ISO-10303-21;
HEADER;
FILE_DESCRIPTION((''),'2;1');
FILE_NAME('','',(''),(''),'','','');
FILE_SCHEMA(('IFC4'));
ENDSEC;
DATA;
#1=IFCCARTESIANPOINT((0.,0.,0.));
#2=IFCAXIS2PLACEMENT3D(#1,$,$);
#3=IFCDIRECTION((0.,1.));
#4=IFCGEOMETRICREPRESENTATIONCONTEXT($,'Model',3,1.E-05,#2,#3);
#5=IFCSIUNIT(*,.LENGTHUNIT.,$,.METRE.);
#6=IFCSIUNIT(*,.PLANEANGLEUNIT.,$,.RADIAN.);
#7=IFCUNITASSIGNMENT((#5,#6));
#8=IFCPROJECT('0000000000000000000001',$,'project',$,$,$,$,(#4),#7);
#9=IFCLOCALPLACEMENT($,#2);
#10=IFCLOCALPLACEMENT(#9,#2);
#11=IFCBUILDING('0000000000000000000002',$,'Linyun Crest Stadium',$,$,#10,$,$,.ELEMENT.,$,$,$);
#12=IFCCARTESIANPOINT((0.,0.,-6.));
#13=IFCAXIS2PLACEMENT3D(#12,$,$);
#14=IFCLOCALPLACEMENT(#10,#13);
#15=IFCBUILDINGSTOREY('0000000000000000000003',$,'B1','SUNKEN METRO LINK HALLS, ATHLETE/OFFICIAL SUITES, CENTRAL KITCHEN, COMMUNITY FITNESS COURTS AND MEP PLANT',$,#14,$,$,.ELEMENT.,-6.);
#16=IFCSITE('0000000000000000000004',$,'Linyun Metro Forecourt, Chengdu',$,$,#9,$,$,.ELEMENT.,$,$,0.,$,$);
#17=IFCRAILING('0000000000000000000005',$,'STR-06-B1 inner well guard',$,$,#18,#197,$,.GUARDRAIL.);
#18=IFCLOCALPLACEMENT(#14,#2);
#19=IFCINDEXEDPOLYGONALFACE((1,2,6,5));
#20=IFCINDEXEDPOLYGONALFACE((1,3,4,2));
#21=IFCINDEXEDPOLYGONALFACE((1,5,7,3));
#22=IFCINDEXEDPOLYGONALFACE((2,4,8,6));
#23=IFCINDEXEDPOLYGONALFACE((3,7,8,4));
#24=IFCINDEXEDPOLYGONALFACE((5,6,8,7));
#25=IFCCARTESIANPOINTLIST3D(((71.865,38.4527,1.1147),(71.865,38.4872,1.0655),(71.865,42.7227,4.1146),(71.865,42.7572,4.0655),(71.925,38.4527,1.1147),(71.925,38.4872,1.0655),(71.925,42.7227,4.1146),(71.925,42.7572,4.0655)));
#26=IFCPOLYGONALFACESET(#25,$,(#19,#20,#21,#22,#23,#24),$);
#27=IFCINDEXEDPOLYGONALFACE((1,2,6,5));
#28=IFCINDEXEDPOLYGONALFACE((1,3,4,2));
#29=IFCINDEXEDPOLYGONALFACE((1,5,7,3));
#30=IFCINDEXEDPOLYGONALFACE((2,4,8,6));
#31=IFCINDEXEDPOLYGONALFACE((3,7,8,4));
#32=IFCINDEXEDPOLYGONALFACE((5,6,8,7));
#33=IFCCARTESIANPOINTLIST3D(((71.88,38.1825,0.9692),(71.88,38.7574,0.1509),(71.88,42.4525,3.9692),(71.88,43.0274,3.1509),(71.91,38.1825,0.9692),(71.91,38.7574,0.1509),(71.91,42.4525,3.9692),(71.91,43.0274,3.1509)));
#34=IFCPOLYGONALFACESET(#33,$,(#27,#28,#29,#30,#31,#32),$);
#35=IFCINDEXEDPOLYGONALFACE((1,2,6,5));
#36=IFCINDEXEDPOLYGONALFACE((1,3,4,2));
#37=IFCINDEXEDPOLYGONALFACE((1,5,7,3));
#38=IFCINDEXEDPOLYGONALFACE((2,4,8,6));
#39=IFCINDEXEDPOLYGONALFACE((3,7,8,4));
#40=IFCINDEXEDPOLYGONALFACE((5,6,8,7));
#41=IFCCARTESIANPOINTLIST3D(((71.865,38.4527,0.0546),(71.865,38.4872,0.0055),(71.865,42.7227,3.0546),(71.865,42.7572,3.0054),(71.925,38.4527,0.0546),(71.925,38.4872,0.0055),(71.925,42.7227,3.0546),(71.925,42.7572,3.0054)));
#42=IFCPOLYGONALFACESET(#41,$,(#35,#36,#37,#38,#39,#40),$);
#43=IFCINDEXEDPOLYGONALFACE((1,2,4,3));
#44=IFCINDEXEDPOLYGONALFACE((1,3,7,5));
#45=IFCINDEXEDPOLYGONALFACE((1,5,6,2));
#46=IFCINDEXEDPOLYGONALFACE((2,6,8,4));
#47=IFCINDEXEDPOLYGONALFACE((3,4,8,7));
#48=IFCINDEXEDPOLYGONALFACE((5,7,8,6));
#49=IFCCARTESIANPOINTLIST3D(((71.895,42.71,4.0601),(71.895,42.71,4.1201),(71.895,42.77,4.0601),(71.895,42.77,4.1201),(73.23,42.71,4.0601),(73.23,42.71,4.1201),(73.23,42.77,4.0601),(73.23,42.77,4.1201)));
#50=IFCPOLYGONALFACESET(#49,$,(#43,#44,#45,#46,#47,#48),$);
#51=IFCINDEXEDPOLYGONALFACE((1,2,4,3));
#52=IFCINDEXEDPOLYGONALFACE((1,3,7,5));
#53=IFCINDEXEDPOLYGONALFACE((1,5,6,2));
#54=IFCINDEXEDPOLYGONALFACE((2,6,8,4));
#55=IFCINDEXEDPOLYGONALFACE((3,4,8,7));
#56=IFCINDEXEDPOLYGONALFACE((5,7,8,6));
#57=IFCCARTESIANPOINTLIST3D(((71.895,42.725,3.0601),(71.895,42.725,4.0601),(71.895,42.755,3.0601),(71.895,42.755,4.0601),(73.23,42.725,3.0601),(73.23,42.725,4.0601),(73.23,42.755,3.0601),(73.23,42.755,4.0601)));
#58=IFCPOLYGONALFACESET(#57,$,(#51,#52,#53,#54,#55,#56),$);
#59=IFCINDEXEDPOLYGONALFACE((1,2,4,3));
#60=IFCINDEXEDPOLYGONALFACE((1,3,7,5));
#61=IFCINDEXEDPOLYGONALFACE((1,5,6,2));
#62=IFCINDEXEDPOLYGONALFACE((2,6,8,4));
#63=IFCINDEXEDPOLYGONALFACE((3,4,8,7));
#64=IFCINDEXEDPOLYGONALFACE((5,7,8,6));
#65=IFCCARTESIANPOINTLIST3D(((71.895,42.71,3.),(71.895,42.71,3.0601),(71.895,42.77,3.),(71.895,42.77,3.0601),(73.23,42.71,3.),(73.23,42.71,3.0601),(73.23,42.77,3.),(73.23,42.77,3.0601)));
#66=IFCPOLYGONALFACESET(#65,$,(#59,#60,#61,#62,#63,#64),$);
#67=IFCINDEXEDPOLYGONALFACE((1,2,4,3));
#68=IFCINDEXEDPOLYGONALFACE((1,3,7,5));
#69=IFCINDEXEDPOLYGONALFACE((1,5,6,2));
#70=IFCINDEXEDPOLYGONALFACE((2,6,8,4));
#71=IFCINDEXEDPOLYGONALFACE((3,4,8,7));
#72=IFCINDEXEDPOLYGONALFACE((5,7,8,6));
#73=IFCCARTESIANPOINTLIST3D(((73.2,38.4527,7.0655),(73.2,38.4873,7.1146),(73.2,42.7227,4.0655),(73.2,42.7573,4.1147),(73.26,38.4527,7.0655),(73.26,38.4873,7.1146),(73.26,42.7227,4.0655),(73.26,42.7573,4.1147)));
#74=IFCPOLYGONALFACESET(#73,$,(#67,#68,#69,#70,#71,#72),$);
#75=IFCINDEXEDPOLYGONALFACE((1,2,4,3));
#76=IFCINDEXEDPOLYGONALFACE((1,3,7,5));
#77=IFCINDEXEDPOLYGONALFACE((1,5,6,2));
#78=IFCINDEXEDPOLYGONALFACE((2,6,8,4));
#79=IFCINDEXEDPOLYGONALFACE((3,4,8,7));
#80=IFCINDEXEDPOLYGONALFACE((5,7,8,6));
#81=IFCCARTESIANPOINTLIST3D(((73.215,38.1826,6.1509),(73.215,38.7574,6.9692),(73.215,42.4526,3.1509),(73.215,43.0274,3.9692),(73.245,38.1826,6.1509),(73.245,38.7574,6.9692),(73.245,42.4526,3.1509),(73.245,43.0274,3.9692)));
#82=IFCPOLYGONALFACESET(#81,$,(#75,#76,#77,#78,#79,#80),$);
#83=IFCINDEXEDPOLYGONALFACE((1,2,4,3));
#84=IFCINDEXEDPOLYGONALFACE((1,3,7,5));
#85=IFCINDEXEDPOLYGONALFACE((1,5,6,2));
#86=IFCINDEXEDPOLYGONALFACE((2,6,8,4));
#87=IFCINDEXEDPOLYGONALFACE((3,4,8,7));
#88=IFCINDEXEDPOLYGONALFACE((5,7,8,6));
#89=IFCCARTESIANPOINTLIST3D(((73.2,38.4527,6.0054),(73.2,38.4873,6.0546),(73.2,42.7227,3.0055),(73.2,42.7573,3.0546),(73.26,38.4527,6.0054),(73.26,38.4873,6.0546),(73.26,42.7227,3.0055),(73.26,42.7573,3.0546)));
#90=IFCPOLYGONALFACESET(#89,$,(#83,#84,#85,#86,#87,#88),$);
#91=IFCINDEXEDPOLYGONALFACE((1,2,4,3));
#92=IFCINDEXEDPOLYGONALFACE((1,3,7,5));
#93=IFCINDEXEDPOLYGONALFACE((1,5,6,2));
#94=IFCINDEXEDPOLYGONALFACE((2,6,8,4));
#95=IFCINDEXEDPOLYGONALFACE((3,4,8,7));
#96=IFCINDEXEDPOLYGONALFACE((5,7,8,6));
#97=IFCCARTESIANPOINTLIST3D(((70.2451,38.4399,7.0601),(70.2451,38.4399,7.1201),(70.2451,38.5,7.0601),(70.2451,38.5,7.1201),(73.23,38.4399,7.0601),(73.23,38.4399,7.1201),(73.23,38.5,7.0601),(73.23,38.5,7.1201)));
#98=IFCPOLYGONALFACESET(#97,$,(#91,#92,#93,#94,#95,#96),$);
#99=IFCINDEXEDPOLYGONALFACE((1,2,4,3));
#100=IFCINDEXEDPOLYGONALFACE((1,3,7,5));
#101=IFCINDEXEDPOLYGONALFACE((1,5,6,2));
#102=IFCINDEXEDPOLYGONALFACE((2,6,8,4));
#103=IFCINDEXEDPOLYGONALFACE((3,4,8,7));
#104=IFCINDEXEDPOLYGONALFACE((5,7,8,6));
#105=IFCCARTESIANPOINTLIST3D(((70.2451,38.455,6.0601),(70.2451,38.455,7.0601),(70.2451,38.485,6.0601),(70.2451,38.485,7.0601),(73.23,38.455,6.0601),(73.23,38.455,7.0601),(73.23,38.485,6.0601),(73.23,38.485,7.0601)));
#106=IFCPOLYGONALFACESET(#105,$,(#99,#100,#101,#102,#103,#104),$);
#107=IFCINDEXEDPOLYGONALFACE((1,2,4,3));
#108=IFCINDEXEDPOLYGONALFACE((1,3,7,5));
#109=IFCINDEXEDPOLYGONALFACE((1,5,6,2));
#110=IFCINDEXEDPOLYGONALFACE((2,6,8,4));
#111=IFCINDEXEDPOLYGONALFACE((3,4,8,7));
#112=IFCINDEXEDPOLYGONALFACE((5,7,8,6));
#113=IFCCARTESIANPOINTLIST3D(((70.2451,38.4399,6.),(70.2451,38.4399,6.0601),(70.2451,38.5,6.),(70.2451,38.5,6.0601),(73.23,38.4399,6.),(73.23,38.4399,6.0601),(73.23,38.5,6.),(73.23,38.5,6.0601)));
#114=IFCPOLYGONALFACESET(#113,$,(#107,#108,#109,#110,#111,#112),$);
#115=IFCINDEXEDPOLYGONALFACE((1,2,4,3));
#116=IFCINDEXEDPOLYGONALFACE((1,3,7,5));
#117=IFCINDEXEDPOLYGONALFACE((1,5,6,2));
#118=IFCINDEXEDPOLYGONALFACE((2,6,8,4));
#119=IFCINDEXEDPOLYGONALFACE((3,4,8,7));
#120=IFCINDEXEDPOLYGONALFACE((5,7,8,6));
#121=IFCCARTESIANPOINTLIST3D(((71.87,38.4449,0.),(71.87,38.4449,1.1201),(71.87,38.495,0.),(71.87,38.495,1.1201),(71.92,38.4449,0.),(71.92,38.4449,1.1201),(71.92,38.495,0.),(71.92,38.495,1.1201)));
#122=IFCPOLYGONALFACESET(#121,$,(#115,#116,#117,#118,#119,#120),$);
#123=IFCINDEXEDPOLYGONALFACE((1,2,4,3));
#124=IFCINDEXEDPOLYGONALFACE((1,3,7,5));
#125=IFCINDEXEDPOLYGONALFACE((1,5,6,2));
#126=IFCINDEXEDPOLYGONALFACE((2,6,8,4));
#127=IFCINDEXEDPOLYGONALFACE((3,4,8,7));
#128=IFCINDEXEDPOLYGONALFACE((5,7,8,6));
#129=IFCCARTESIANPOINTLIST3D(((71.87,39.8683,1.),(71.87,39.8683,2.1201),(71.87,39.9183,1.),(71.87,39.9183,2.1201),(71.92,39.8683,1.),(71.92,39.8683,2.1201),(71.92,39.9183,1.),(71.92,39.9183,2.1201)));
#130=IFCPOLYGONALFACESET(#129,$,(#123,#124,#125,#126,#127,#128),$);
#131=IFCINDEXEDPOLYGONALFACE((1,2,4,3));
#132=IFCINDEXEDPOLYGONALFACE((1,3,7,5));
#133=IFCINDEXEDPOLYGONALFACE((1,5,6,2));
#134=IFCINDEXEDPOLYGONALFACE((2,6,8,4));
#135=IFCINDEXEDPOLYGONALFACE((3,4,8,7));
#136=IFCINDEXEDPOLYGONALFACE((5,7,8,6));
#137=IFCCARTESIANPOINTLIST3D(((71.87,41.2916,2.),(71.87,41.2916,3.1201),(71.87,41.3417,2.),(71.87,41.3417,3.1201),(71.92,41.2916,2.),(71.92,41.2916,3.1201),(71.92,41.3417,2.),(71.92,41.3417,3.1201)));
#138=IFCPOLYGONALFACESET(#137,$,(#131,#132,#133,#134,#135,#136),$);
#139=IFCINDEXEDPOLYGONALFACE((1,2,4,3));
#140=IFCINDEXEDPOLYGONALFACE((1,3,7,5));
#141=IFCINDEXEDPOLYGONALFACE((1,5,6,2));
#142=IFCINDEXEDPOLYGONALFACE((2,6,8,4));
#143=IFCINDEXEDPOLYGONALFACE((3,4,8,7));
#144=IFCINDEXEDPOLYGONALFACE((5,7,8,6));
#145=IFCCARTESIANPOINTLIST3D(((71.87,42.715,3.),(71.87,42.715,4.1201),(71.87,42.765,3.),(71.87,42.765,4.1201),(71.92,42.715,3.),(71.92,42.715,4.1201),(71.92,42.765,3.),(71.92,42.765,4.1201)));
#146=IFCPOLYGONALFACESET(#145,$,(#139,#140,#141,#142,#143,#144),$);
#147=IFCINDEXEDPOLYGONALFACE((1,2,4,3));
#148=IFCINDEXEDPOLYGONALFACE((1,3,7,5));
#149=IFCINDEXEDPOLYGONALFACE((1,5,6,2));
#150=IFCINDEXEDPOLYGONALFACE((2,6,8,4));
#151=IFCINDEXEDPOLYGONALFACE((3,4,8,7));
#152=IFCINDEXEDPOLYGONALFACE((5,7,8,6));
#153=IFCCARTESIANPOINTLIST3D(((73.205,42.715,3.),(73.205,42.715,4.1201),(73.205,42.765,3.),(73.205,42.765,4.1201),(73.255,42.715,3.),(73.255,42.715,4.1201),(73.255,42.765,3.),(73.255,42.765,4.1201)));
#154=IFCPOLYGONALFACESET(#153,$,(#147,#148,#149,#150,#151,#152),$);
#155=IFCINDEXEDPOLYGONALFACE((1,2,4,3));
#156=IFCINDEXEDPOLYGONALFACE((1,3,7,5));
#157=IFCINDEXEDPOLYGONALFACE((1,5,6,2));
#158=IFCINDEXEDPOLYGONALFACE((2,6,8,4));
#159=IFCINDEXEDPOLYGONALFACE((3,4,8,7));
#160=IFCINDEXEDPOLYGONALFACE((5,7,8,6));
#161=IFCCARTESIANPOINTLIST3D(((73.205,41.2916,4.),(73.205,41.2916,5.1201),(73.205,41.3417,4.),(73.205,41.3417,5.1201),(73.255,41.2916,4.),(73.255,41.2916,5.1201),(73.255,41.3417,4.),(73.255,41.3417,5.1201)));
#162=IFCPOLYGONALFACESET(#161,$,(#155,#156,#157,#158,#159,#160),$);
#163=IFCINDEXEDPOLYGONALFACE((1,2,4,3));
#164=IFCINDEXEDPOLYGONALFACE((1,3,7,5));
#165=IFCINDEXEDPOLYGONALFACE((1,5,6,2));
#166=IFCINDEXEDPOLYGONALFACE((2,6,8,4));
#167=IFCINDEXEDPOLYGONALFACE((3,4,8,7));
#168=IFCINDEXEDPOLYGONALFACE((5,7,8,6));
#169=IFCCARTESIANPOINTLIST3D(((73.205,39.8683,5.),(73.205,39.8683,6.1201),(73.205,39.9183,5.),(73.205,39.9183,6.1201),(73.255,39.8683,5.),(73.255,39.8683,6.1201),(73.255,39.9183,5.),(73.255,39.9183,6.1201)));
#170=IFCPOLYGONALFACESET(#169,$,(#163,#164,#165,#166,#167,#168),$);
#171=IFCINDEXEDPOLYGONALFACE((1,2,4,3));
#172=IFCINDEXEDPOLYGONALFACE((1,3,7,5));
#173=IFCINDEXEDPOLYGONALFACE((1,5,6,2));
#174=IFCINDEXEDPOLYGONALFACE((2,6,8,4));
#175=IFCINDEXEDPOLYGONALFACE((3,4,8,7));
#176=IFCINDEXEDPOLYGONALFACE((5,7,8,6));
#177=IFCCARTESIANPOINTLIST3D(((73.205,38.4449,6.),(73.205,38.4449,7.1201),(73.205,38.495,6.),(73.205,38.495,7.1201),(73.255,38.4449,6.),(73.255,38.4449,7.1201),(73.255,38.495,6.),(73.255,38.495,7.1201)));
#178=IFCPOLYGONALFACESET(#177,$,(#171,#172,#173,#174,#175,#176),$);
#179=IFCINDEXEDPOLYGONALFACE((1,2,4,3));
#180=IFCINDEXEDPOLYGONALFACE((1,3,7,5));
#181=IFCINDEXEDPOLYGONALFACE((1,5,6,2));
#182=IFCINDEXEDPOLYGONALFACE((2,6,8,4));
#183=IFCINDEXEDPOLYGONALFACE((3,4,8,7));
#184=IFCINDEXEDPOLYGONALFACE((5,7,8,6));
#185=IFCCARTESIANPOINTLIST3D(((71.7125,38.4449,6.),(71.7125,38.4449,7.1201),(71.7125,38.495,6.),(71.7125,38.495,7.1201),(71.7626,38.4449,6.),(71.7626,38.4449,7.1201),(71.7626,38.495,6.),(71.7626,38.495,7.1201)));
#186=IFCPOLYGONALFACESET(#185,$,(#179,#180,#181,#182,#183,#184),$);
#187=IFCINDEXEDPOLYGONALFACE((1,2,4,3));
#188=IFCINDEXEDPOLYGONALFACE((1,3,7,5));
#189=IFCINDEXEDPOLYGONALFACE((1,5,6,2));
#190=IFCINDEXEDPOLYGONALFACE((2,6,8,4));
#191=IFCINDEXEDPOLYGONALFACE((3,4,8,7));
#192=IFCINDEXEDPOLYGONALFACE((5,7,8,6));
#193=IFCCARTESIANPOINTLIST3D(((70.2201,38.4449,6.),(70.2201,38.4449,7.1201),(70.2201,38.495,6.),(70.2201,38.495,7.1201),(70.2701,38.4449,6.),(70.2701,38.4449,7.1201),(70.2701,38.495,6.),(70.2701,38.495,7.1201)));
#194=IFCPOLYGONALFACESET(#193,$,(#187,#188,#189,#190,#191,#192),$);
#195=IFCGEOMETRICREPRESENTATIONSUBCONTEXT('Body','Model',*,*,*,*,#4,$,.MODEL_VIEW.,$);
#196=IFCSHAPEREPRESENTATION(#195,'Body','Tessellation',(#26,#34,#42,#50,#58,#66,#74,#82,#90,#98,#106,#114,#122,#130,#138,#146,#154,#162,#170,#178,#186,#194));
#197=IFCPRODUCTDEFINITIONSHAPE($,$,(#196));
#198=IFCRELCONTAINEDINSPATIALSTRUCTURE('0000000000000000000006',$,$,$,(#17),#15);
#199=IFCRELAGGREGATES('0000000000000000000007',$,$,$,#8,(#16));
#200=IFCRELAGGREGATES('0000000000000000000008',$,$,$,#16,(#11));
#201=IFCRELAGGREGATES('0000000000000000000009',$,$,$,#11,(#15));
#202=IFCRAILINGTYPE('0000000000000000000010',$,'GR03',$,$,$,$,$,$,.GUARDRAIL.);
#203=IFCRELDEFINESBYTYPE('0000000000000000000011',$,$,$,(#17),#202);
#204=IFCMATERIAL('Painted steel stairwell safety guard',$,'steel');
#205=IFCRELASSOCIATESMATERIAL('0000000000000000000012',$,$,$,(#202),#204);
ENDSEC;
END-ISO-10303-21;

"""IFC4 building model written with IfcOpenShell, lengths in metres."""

from ifc_helpers import new_model, si_unit, direction, frame, origin, origin_2d, place, context, subcontext, project, spatial, rectangle, extrude, material, type_object, element, save


model = new_model("IFC4")

# Units and contexts
model_context = context("Model", 3, precision=1e-05, world=origin(), true_north=direction((0.0, 1.0)))
body_context = subcontext(model_context, "Body", "Model", "MODEL_VIEW")
ifc_project = project(units=[si_unit("LENGTHUNIT", "METRE"), si_unit("PLANEANGLEUNIT", "RADIAN")], contexts=[model_context])

# Site, building, storey
site_placement = place(None, origin())
site = spatial("IfcSite", under=ifc_project, at=site_placement, Name="Linyun Metro Forecourt, Chengdu", CompositionType="ELEMENT", RefElevation=0.0)
building_placement = place(site_placement, origin())
building = spatial("IfcBuilding", under=site, at=building_placement, Name="Linyun Crest Stadium", CompositionType="ELEMENT")
storey_placement = place(building_placement, frame((0.0, 0.0, -6.0)))
storey = spatial("IfcBuildingStorey", under=building, at=storey_placement, Name="B1", Description="SUNKEN METRO LINK HALLS, ATHLETE/OFFICIAL SUITES, CENTRAL KITCHEN, COMMUNITY FITNESS COURTS AND MEP PLANT", CompositionType="ELEMENT", Elevation=-6.0)

# Railing
ifc_material_1 = material(Name="Painted steel stairwell safety guard", Category="steel")
railing_type_1 = type_object("IfcRailingType", Name="GR03", PredefinedType="GUARDRAIL", material=ifc_material_1)
railing_1_placement = place(storey_placement, frame((71.895, 38.47, 0.0)))
element("IfcRailing", 1, at=railing_1_placement, inside=storey, type_object=railing_type_1, Name="STR-06-B1 inner well guard", PredefinedType="GUARDRAIL", context=body_context, shape_type="SweptSolid", body=[
    extrude(rectangle(XDim=0.0601, YDim=0.0601, at=origin_2d()), frame((0.0, 0.0, 1.0901), z_axis=(0.0, 0.818242, 0.574874), x_axis=(-1.0, 0.0, 0.0)), (0.0, 0.0, 1.0), 5.2185),
    extrude(rectangle(XDim=0.03, YDim=1.0, at=origin_2d()), frame((0.0, 0.0, 0.5601), z_axis=(0.0, 0.818242, 0.574874), x_axis=(-1.0, 0.0, 0.0)), (0.0, 0.0, 1.0), 5.2185),
    extrude(rectangle(XDim=0.0601, YDim=0.0601, at=origin_2d()), frame((0.0, 0.0, 0.03), z_axis=(0.0, 0.818242, 0.574874), x_axis=(-1.0, 0.0, 0.0)), (0.0, 0.0, 1.0), 5.2185),
    extrude(rectangle(XDim=0.0601, YDim=0.0601, at=origin_2d()), frame((0.0, 4.27, 4.0901), z_axis=(1.0, 0.0, 0.0), x_axis=(0.0, 1.0, 0.0)), (0.0, 0.0, 1.0), 1.335),
    extrude(rectangle(XDim=0.03, YDim=1.0, at=origin_2d()), frame((0.0, 4.27, 3.5601), z_axis=(1.0, 0.0, 0.0), x_axis=(0.0, 1.0, 0.0)), (0.0, 0.0, 1.0), 1.335),
    extrude(rectangle(XDim=0.0601, YDim=0.0601, at=origin_2d()), frame((0.0, 4.27, 3.03), z_axis=(1.0, 0.0, 0.0), x_axis=(0.0, 1.0, 0.0)), (0.0, 0.0, 1.0), 1.335),
    extrude(rectangle(XDim=0.0601, YDim=0.0601, at=origin_2d()), frame((1.335, 4.27, 4.0901), z_axis=(0.0, -0.818242, 0.574874), x_axis=(1.0, 0.0, 0.0)), (0.0, 0.0, 1.0), 5.2185),
    extrude(rectangle(XDim=0.03, YDim=1.0, at=origin_2d()), frame((1.335, 4.27, 3.5601), z_axis=(0.0, -0.818242, 0.574874), x_axis=(1.0, 0.0, 0.0)), (0.0, 0.0, 1.0), 5.2185),
    extrude(rectangle(XDim=0.0601, YDim=0.0601, at=origin_2d()), frame((1.335, 4.27, 3.03), z_axis=(0.0, -0.818242, 0.574874), x_axis=(1.0, 0.0, 0.0)), (0.0, 0.0, 1.0), 5.2185),
    extrude(rectangle(XDim=0.0601, YDim=0.0601, at=origin_2d()), frame((1.335, 0.0, 7.0901), z_axis=(-1.0, 0.0, 0.0), x_axis=(0.0, -1.0, 0.0)), (0.0, 0.0, 1.0), 2.9849),
    extrude(rectangle(XDim=0.03, YDim=1.0, at=origin_2d()), frame((1.335, 0.0, 6.5601), z_axis=(-1.0, 0.0, 0.0), x_axis=(0.0, -1.0, 0.0)), (0.0, 0.0, 1.0), 2.9849),
    extrude(rectangle(XDim=0.0601, YDim=0.0601, at=origin_2d()), frame((1.335, 0.0, 6.03), z_axis=(-1.0, 0.0, 0.0), x_axis=(0.0, -1.0, 0.0)), (0.0, 0.0, 1.0), 2.9849),
    extrude(rectangle(XDim=0.05, YDim=0.05, at=origin_2d()), origin(), (0.0, 0.0, 1.0), 1.1201),
    extrude(rectangle(XDim=0.05, YDim=0.05, at=origin_2d()), frame((0.0, 1.4233, 1.0)), (0.0, 0.0, 1.0), 1.1201),
    extrude(rectangle(XDim=0.05, YDim=0.05, at=origin_2d()), frame((0.0, 2.8467, 2.0)), (0.0, 0.0, 1.0), 1.1201),
    extrude(rectangle(XDim=0.05, YDim=0.05, at=origin_2d()), frame((0.0, 4.27, 3.0)), (0.0, 0.0, 1.0), 1.1201),
    extrude(rectangle(XDim=0.05, YDim=0.05, at=origin_2d()), frame((1.335, 4.27, 3.0)), (0.0, 0.0, 1.0), 1.1201),
    extrude(rectangle(XDim=0.05, YDim=0.05, at=origin_2d()), frame((1.335, 2.8467, 4.0)), (0.0, 0.0, 1.0), 1.1201),
    extrude(rectangle(XDim=0.05, YDim=0.05, at=origin_2d()), frame((1.335, 1.4233, 5.0)), (0.0, 0.0, 1.0), 1.1201),
    extrude(rectangle(XDim=0.05, YDim=0.05, at=origin_2d()), frame((1.335, 0.0, 6.0)), (0.0, 0.0, 1.0), 1.1201),
    extrude(rectangle(XDim=0.05, YDim=0.05, at=origin_2d()), frame((-0.1575, 0.0, 6.0)), (0.0, 0.0, 1.0), 1.1201),
    extrude(rectangle(XDim=0.05, YDim=0.05, at=origin_2d()), frame((-1.6499, 0.0, 6.0)), (0.0, 0.0, 1.0), 1.1201),
])

save(model, "model.ifc")
